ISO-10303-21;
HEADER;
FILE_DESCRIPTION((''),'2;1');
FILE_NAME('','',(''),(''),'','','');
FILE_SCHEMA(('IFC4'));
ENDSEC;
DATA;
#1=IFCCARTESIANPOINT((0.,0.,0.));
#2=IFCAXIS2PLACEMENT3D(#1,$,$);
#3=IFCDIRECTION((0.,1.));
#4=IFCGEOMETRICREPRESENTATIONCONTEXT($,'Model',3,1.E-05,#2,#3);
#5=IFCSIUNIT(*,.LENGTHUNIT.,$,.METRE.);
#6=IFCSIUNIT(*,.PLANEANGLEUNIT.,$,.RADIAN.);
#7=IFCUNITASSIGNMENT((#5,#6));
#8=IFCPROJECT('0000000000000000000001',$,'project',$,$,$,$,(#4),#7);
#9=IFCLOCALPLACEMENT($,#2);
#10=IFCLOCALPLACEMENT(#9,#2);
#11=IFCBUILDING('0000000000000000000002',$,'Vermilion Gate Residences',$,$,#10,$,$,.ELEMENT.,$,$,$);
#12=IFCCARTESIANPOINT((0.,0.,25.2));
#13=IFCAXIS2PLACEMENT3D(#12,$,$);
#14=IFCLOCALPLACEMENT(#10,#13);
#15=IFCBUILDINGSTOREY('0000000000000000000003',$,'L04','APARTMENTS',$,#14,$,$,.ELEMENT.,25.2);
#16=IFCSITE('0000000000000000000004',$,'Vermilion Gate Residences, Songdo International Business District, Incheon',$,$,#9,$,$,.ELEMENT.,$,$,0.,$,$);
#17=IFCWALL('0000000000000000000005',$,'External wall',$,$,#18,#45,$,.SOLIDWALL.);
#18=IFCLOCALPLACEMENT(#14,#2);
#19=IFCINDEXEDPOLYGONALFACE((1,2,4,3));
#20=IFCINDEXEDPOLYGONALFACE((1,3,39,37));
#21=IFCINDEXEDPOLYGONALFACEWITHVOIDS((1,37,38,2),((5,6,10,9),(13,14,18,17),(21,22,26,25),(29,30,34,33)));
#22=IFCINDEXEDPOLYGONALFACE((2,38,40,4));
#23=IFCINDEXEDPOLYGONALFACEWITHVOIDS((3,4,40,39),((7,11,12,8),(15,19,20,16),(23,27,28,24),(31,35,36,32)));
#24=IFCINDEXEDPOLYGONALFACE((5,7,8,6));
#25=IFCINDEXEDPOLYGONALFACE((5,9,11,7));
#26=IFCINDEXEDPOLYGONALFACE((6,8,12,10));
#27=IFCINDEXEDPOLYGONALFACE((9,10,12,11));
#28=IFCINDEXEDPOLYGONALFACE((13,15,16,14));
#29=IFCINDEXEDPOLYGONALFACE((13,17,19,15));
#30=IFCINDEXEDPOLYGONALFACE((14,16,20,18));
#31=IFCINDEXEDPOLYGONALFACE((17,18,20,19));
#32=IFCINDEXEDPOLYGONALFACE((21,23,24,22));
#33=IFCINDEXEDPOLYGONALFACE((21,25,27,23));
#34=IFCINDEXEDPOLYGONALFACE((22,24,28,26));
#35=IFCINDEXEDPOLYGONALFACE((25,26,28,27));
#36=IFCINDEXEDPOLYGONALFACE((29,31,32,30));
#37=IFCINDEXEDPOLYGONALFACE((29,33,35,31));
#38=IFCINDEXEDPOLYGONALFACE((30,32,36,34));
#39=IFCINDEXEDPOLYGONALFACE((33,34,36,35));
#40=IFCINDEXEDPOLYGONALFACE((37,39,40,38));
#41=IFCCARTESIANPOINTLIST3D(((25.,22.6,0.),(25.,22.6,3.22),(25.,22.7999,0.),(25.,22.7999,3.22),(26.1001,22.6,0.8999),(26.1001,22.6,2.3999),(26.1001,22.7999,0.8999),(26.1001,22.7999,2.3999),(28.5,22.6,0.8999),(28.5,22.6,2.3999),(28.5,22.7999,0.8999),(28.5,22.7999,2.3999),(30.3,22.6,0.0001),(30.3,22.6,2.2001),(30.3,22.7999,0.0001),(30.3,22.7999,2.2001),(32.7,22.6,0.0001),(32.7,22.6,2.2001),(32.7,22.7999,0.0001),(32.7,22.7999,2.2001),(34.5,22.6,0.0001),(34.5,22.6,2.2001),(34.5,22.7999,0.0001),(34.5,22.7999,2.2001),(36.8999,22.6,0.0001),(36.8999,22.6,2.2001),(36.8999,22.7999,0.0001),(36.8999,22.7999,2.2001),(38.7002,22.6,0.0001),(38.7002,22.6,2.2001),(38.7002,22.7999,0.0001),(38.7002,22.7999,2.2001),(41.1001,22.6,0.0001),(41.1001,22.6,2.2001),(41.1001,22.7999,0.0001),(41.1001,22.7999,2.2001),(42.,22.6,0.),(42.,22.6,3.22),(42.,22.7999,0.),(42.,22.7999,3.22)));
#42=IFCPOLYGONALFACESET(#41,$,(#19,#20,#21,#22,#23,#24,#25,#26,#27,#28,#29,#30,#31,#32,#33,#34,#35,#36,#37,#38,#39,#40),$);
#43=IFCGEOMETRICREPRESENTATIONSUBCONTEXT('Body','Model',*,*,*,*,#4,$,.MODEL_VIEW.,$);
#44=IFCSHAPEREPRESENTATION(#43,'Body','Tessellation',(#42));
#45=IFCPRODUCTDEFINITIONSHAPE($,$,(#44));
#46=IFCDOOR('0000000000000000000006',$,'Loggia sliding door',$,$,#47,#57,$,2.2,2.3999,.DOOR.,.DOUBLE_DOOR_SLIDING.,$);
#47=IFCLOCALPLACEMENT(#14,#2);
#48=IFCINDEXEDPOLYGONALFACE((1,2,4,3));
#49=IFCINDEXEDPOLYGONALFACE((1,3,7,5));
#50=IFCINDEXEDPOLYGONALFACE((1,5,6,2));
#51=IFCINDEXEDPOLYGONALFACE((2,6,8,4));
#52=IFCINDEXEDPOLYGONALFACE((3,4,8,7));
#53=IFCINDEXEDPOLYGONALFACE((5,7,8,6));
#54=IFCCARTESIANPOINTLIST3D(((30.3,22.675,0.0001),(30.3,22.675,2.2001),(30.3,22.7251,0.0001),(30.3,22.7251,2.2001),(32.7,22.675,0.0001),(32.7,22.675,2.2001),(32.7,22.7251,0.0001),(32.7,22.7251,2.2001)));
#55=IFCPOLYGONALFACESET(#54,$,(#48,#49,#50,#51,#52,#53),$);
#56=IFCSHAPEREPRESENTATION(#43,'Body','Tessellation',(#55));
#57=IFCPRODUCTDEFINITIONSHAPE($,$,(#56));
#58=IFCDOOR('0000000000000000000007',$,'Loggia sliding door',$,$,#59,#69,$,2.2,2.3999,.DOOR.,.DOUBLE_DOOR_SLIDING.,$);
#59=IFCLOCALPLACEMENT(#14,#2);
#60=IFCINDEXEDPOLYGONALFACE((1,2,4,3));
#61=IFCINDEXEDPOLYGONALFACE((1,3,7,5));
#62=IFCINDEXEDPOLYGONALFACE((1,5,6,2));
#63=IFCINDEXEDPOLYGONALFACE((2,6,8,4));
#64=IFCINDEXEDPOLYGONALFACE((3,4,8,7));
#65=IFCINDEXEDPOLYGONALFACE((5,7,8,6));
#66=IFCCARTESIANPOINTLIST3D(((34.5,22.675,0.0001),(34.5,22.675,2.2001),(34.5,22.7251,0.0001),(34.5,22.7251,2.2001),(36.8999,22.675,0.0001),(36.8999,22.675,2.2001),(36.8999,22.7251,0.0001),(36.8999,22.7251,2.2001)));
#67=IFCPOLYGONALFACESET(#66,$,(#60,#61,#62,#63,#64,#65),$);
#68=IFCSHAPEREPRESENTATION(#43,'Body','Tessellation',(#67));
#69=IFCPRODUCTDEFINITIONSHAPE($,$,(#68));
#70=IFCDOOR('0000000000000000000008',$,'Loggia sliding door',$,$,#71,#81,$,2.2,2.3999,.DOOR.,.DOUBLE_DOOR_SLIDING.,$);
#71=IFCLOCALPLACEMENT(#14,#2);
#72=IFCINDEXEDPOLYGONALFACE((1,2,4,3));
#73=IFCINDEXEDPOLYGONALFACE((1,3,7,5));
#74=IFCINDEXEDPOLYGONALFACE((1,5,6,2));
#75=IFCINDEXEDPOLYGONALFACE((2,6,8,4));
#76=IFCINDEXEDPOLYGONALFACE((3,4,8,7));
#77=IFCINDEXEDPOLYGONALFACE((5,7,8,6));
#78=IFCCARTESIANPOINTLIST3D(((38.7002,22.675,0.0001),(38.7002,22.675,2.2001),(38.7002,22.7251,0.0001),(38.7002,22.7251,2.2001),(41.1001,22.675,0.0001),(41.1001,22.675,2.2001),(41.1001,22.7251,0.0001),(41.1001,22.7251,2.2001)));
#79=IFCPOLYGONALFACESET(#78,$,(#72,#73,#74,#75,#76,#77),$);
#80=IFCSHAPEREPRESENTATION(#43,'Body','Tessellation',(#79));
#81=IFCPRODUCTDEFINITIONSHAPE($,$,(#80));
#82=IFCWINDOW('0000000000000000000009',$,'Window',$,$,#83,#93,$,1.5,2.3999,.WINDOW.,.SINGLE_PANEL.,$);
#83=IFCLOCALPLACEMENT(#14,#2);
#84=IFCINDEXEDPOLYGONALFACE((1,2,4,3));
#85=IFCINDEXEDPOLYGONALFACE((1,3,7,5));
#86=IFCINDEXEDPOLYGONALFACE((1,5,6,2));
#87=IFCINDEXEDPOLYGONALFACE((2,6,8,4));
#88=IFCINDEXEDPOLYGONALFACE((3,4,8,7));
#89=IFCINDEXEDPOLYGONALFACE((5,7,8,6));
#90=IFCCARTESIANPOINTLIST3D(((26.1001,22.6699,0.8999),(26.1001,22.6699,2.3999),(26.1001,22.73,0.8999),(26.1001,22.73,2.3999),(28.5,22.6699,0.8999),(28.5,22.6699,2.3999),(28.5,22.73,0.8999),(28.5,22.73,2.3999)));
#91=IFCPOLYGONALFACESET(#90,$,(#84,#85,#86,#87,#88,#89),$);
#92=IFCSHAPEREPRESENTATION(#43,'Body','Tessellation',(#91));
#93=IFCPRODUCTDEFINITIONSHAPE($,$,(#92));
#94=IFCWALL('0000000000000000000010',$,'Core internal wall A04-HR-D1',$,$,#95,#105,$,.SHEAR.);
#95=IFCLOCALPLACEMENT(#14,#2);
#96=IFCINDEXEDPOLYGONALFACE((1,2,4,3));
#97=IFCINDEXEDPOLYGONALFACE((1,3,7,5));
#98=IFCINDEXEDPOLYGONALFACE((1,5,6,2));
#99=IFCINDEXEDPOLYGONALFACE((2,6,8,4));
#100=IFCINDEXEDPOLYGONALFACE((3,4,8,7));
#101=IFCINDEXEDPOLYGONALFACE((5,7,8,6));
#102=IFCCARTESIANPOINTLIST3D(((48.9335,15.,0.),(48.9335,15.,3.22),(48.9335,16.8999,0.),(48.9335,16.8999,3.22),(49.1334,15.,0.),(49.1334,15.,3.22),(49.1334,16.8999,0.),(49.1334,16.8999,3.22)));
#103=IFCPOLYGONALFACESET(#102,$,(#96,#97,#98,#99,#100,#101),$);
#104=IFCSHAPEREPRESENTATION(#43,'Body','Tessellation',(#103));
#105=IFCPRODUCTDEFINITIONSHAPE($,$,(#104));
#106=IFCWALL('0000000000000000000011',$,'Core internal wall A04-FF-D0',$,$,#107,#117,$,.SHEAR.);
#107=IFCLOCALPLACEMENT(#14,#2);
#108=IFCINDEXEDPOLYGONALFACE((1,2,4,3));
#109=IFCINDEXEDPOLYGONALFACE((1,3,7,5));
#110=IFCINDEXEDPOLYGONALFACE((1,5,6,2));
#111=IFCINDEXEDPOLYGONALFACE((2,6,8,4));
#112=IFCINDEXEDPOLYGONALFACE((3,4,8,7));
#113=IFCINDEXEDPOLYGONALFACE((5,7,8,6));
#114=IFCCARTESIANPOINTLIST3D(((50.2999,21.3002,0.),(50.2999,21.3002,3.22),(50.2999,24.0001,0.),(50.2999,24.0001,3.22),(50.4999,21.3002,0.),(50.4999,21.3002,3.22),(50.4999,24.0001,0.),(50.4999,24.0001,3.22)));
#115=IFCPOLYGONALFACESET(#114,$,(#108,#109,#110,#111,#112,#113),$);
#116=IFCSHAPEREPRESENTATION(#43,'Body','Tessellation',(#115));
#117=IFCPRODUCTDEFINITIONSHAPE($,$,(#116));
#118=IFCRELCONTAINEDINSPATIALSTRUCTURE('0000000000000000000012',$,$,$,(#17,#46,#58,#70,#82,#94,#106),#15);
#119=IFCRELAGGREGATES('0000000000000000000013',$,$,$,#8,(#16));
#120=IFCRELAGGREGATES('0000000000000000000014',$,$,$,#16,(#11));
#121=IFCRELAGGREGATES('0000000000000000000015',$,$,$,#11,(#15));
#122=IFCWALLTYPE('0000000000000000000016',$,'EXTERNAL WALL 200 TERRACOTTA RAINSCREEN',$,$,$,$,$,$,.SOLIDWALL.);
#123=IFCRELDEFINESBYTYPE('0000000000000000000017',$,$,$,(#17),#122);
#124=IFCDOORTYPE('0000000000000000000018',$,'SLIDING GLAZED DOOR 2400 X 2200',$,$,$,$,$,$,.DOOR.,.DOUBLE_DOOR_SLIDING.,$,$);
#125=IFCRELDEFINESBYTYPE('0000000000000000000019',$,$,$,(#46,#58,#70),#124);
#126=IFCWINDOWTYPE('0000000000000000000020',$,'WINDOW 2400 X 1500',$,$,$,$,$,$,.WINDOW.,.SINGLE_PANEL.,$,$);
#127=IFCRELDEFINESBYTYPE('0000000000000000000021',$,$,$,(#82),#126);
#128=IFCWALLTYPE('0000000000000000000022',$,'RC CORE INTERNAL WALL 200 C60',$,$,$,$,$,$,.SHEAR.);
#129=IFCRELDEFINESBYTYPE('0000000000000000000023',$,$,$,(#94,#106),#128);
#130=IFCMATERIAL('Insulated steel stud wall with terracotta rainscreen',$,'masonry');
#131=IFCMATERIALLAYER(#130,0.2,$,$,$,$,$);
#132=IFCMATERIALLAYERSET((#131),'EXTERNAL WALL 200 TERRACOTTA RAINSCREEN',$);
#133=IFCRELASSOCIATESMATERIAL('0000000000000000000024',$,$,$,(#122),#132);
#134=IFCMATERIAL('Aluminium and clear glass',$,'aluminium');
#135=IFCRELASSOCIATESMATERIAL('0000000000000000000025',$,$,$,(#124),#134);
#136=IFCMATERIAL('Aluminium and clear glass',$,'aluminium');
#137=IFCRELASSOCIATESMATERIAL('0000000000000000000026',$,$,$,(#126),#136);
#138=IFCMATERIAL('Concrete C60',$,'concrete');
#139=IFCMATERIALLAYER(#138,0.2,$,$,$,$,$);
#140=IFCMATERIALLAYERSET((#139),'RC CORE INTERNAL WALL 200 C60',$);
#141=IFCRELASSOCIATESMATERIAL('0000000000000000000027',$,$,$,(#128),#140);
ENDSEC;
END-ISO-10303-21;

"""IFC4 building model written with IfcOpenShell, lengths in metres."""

from ifc_helpers import new_model, si_unit, direction, frame, frame_2d, origin, place, context, subcontext, project, spatial, rectangle, extrude, material, layer, layer_set, type_object, element, fill, save


model = new_model("IFC4")

# Units and contexts
model_context = context("Model", 3, precision=1e-05, world=origin(), true_north=direction((0.0, 1.0)))
body_context = subcontext(model_context, "Body", "Model", "MODEL_VIEW")
ifc_project = project(units=[si_unit("LENGTHUNIT", "METRE"), si_unit("PLANEANGLEUNIT", "RADIAN")], contexts=[model_context])

# Site, building, storey
site_placement = place(None, origin())
site = spatial("IfcSite", under=ifc_project, at=site_placement, Name="Vermilion Gate Residences, Songdo International Business District, Incheon", CompositionType="ELEMENT", RefElevation=0.0)
building_placement = place(site_placement, origin())
building = spatial("IfcBuilding", under=site, at=building_placement, Name="Vermilion Gate Residences", CompositionType="ELEMENT")
storey_placement = place(building_placement, frame((0.0, 0.0, 25.2)))
storey = spatial("IfcBuildingStorey", under=building, at=storey_placement, Name="L04", Description="APARTMENTS", CompositionType="ELEMENT", Elevation=25.2)

# Wall, openings, doors, window
ifc_material_1 = material(Name="Insulated steel stud wall with terracotta rainscreen", Category="masonry")
ifc_layer_1 = layer(ifc_material_1, 0.2)
ifc_layer_set_1 = layer_set([ifc_layer_1], Name="EXTERNAL WALL 200 TERRACOTTA RAINSCREEN")
wall_type_1 = type_object("IfcWallType", Name="EXTERNAL WALL 200 TERRACOTTA RAINSCREEN", PredefinedType="SOLIDWALL", material=ifc_layer_set_1)
wall_1_placement = place(storey_placement, frame((42.0, 22.7, 0.0), z_axis=(0.0, 0.0, 1.0), x_axis=(-1.0, 0.0, 0.0)))
wall_1 = element("IfcWall", 1, at=wall_1_placement, inside=storey, type_object=wall_type_1, Name="External wall", PredefinedType="SOLIDWALL", context=body_context, shape_type="SweptSolid", body=[
    extrude(rectangle(XDim=17.0, YDim=0.2, at=frame_2d((8.5, 0.0))), origin(), (0.0, 0.0, 1.0), 3.22),
])
opening_1_placement = place(wall_1_placement, frame((13.5, 0.0, 0.8999)))
opening_1 = element("IfcOpeningElement", 2, at=opening_1_placement, cuts=wall_1, PredefinedType="OPENING", context=body_context, shape_type="SweptSolid", body=[
    extrude(rectangle(XDim=2.3999, YDim=1.5, at=frame_2d((1.2, 0.75))), frame((0.0, 0.1099, 0.0), z_axis=(0.0, -1.0, 0.0), x_axis=(1.0, 0.0, 0.0)), (0.0, 0.0, 1.0), 0.22),
])
opening_2_placement = place(wall_1_placement, frame((9.3, 0.0, 0.0)))
opening_2 = element("IfcOpeningElement", 3, at=opening_2_placement, cuts=wall_1, PredefinedType="OPENING", context=body_context, shape_type="SweptSolid", body=[
    extrude(rectangle(XDim=2.3999, YDim=2.2, at=frame_2d((1.2, 1.1001))), frame((0.0, 0.1099, 0.0), z_axis=(0.0, -1.0, 0.0), x_axis=(1.0, 0.0, 0.0)), (0.0, 0.0, 1.0), 0.22),
])
opening_3_placement = place(wall_1_placement, frame((5.1001, 0.0, 0.0)))
opening_3 = element("IfcOpeningElement", 4, at=opening_3_placement, cuts=wall_1, PredefinedType="OPENING", context=body_context, shape_type="SweptSolid", body=[
    extrude(rectangle(XDim=2.3999, YDim=2.2, at=frame_2d((1.2, 1.1001))), frame((0.0, 0.1099, 0.0), z_axis=(0.0, -1.0, 0.0), x_axis=(1.0, 0.0, 0.0)), (0.0, 0.0, 1.0), 0.22),
])
opening_4_placement = place(wall_1_placement, frame((0.8999, 0.0, 0.0)))
opening_4 = element("IfcOpeningElement", 5, at=opening_4_placement, cuts=wall_1, PredefinedType="OPENING", context=body_context, shape_type="SweptSolid", body=[
    extrude(rectangle(XDim=2.3999, YDim=2.2, at=frame_2d((1.2, 1.1001))), frame((0.0, 0.1099, 0.0), z_axis=(0.0, -1.0, 0.0), x_axis=(1.0, 0.0, 0.0)), (0.0, 0.0, 1.0), 0.22),
])
ifc_material_2 = material(Name="Aluminium and clear glass", Category="aluminium")
door_type_1 = type_object("IfcDoorType", Name="SLIDING GLAZED DOOR 2400 X 2200", OperationType="DOUBLE_DOOR_SLIDING", PredefinedType="DOOR", material=ifc_material_2)
door_1_placement = place(opening_2_placement, origin())
door_1 = element("IfcDoor", 6, at=door_1_placement, inside=storey, type_object=door_type_1, Name="Loggia sliding door", OperationType="DOUBLE_DOOR_SLIDING", OverallHeight=2.2, OverallWidth=2.3999, PredefinedType="DOOR", context=body_context, shape_type="SweptSolid", body=[
    extrude(rectangle(XDim=2.3999, YDim=2.2, at=frame_2d((1.2, 1.1001))), frame((0.0, 0.0249, 0.0), z_axis=(0.0, -1.0, 0.0), x_axis=(1.0, 0.0, 0.0)), (0.0, 0.0, 1.0), 0.05),
])
fill(opening_2, door_1)
door_2_placement = place(opening_3_placement, origin())
door_2 = element("IfcDoor", 7, at=door_2_placement, inside=storey, type_object=door_type_1, Name="Loggia sliding door", OperationType="DOUBLE_DOOR_SLIDING", OverallHeight=2.2, OverallWidth=2.3999, PredefinedType="DOOR", context=body_context, shape_type="SweptSolid", body=[
    extrude(rectangle(XDim=2.3999, YDim=2.2, at=frame_2d((1.2, 1.1001))), frame((0.0, 0.0249, 0.0), z_axis=(0.0, -1.0, 0.0), x_axis=(1.0, 0.0, 0.0)), (0.0, 0.0, 1.0), 0.05),
])
fill(opening_3, door_2)
door_3_placement = place(opening_4_placement, origin())
door_3 = element("IfcDoor", 8, at=door_3_placement, inside=storey, type_object=door_type_1, Name="Loggia sliding door", OperationType="DOUBLE_DOOR_SLIDING", OverallHeight=2.2, OverallWidth=2.3999, PredefinedType="DOOR", context=body_context, shape_type="SweptSolid", body=[
    extrude(rectangle(XDim=2.3999, YDim=2.2, at=frame_2d((1.2, 1.1001))), frame((0.0, 0.0249, 0.0), z_axis=(0.0, -1.0, 0.0), x_axis=(1.0, 0.0, 0.0)), (0.0, 0.0, 1.0), 0.05),
])
fill(opening_4, door_3)
ifc_material_3 = material(Name="Aluminium and clear glass", Category="aluminium")
window_type_1 = type_object("IfcWindowType", Name="WINDOW 2400 X 1500", PartitioningType="SINGLE_PANEL", PredefinedType="WINDOW", material=ifc_material_3)
window_1_placement = place(opening_1_placement, origin())
window_1 = element("IfcWindow", 9, at=window_1_placement, inside=storey, type_object=window_type_1, Name="Window", OverallHeight=1.5, OverallWidth=2.3999, PartitioningType="SINGLE_PANEL", PredefinedType="WINDOW", context=body_context, shape_type="SweptSolid", body=[
    extrude(rectangle(XDim=2.3999, YDim=1.5, at=frame_2d((1.2, 0.75))), frame((0.0, 0.03, 0.0), z_axis=(0.0, -1.0, 0.0), x_axis=(1.0, 0.0, 0.0)), (0.0, 0.0, 1.0), 0.0601),
])
fill(opening_1, window_1)

# Walls
ifc_material_4 = material(Name="Concrete C60", Category="concrete")
ifc_layer_2 = layer(ifc_material_4, 0.2)
ifc_layer_set_2 = layer_set([ifc_layer_2], Name="RC CORE INTERNAL WALL 200 C60")
wall_type_2 = type_object("IfcWallType", Name="RC CORE INTERNAL WALL 200 C60", PredefinedType="SHEAR", material=ifc_layer_set_2)
wall_2_placement = place(storey_placement, frame((49.0334, 15.0, 0.0), z_axis=(0.0, 0.0, 1.0), x_axis=(0.0, 1.0, 0.0)))
element("IfcWall", 10, at=wall_2_placement, inside=storey, type_object=wall_type_2, Name="Core internal wall A04-HR-D1", PredefinedType="SHEAR", context=body_context, shape_type="SweptSolid", body=[
    extrude(rectangle(XDim=1.8999, YDim=0.2, at=frame_2d((0.95, 0.0))), origin(), (0.0, 0.0, 1.0), 3.22),
])
wall_3_placement = place(storey_placement, frame((50.3999, 21.3, 0.0), z_axis=(0.0, 0.0, 1.0), x_axis=(0.0, 1.0, 0.0)))
element("IfcWall", 11, at=wall_3_placement, inside=storey, type_object=wall_type_2, Name="Core internal wall A04-FF-D0", PredefinedType="SHEAR", context=body_context, shape_type="SweptSolid", body=[
    extrude(rectangle(XDim=2.7, YDim=0.2, at=frame_2d((1.3501, 0.0))), origin(), (0.0, 0.0, 1.0), 3.22),
])

save(model, "model.ifc")
